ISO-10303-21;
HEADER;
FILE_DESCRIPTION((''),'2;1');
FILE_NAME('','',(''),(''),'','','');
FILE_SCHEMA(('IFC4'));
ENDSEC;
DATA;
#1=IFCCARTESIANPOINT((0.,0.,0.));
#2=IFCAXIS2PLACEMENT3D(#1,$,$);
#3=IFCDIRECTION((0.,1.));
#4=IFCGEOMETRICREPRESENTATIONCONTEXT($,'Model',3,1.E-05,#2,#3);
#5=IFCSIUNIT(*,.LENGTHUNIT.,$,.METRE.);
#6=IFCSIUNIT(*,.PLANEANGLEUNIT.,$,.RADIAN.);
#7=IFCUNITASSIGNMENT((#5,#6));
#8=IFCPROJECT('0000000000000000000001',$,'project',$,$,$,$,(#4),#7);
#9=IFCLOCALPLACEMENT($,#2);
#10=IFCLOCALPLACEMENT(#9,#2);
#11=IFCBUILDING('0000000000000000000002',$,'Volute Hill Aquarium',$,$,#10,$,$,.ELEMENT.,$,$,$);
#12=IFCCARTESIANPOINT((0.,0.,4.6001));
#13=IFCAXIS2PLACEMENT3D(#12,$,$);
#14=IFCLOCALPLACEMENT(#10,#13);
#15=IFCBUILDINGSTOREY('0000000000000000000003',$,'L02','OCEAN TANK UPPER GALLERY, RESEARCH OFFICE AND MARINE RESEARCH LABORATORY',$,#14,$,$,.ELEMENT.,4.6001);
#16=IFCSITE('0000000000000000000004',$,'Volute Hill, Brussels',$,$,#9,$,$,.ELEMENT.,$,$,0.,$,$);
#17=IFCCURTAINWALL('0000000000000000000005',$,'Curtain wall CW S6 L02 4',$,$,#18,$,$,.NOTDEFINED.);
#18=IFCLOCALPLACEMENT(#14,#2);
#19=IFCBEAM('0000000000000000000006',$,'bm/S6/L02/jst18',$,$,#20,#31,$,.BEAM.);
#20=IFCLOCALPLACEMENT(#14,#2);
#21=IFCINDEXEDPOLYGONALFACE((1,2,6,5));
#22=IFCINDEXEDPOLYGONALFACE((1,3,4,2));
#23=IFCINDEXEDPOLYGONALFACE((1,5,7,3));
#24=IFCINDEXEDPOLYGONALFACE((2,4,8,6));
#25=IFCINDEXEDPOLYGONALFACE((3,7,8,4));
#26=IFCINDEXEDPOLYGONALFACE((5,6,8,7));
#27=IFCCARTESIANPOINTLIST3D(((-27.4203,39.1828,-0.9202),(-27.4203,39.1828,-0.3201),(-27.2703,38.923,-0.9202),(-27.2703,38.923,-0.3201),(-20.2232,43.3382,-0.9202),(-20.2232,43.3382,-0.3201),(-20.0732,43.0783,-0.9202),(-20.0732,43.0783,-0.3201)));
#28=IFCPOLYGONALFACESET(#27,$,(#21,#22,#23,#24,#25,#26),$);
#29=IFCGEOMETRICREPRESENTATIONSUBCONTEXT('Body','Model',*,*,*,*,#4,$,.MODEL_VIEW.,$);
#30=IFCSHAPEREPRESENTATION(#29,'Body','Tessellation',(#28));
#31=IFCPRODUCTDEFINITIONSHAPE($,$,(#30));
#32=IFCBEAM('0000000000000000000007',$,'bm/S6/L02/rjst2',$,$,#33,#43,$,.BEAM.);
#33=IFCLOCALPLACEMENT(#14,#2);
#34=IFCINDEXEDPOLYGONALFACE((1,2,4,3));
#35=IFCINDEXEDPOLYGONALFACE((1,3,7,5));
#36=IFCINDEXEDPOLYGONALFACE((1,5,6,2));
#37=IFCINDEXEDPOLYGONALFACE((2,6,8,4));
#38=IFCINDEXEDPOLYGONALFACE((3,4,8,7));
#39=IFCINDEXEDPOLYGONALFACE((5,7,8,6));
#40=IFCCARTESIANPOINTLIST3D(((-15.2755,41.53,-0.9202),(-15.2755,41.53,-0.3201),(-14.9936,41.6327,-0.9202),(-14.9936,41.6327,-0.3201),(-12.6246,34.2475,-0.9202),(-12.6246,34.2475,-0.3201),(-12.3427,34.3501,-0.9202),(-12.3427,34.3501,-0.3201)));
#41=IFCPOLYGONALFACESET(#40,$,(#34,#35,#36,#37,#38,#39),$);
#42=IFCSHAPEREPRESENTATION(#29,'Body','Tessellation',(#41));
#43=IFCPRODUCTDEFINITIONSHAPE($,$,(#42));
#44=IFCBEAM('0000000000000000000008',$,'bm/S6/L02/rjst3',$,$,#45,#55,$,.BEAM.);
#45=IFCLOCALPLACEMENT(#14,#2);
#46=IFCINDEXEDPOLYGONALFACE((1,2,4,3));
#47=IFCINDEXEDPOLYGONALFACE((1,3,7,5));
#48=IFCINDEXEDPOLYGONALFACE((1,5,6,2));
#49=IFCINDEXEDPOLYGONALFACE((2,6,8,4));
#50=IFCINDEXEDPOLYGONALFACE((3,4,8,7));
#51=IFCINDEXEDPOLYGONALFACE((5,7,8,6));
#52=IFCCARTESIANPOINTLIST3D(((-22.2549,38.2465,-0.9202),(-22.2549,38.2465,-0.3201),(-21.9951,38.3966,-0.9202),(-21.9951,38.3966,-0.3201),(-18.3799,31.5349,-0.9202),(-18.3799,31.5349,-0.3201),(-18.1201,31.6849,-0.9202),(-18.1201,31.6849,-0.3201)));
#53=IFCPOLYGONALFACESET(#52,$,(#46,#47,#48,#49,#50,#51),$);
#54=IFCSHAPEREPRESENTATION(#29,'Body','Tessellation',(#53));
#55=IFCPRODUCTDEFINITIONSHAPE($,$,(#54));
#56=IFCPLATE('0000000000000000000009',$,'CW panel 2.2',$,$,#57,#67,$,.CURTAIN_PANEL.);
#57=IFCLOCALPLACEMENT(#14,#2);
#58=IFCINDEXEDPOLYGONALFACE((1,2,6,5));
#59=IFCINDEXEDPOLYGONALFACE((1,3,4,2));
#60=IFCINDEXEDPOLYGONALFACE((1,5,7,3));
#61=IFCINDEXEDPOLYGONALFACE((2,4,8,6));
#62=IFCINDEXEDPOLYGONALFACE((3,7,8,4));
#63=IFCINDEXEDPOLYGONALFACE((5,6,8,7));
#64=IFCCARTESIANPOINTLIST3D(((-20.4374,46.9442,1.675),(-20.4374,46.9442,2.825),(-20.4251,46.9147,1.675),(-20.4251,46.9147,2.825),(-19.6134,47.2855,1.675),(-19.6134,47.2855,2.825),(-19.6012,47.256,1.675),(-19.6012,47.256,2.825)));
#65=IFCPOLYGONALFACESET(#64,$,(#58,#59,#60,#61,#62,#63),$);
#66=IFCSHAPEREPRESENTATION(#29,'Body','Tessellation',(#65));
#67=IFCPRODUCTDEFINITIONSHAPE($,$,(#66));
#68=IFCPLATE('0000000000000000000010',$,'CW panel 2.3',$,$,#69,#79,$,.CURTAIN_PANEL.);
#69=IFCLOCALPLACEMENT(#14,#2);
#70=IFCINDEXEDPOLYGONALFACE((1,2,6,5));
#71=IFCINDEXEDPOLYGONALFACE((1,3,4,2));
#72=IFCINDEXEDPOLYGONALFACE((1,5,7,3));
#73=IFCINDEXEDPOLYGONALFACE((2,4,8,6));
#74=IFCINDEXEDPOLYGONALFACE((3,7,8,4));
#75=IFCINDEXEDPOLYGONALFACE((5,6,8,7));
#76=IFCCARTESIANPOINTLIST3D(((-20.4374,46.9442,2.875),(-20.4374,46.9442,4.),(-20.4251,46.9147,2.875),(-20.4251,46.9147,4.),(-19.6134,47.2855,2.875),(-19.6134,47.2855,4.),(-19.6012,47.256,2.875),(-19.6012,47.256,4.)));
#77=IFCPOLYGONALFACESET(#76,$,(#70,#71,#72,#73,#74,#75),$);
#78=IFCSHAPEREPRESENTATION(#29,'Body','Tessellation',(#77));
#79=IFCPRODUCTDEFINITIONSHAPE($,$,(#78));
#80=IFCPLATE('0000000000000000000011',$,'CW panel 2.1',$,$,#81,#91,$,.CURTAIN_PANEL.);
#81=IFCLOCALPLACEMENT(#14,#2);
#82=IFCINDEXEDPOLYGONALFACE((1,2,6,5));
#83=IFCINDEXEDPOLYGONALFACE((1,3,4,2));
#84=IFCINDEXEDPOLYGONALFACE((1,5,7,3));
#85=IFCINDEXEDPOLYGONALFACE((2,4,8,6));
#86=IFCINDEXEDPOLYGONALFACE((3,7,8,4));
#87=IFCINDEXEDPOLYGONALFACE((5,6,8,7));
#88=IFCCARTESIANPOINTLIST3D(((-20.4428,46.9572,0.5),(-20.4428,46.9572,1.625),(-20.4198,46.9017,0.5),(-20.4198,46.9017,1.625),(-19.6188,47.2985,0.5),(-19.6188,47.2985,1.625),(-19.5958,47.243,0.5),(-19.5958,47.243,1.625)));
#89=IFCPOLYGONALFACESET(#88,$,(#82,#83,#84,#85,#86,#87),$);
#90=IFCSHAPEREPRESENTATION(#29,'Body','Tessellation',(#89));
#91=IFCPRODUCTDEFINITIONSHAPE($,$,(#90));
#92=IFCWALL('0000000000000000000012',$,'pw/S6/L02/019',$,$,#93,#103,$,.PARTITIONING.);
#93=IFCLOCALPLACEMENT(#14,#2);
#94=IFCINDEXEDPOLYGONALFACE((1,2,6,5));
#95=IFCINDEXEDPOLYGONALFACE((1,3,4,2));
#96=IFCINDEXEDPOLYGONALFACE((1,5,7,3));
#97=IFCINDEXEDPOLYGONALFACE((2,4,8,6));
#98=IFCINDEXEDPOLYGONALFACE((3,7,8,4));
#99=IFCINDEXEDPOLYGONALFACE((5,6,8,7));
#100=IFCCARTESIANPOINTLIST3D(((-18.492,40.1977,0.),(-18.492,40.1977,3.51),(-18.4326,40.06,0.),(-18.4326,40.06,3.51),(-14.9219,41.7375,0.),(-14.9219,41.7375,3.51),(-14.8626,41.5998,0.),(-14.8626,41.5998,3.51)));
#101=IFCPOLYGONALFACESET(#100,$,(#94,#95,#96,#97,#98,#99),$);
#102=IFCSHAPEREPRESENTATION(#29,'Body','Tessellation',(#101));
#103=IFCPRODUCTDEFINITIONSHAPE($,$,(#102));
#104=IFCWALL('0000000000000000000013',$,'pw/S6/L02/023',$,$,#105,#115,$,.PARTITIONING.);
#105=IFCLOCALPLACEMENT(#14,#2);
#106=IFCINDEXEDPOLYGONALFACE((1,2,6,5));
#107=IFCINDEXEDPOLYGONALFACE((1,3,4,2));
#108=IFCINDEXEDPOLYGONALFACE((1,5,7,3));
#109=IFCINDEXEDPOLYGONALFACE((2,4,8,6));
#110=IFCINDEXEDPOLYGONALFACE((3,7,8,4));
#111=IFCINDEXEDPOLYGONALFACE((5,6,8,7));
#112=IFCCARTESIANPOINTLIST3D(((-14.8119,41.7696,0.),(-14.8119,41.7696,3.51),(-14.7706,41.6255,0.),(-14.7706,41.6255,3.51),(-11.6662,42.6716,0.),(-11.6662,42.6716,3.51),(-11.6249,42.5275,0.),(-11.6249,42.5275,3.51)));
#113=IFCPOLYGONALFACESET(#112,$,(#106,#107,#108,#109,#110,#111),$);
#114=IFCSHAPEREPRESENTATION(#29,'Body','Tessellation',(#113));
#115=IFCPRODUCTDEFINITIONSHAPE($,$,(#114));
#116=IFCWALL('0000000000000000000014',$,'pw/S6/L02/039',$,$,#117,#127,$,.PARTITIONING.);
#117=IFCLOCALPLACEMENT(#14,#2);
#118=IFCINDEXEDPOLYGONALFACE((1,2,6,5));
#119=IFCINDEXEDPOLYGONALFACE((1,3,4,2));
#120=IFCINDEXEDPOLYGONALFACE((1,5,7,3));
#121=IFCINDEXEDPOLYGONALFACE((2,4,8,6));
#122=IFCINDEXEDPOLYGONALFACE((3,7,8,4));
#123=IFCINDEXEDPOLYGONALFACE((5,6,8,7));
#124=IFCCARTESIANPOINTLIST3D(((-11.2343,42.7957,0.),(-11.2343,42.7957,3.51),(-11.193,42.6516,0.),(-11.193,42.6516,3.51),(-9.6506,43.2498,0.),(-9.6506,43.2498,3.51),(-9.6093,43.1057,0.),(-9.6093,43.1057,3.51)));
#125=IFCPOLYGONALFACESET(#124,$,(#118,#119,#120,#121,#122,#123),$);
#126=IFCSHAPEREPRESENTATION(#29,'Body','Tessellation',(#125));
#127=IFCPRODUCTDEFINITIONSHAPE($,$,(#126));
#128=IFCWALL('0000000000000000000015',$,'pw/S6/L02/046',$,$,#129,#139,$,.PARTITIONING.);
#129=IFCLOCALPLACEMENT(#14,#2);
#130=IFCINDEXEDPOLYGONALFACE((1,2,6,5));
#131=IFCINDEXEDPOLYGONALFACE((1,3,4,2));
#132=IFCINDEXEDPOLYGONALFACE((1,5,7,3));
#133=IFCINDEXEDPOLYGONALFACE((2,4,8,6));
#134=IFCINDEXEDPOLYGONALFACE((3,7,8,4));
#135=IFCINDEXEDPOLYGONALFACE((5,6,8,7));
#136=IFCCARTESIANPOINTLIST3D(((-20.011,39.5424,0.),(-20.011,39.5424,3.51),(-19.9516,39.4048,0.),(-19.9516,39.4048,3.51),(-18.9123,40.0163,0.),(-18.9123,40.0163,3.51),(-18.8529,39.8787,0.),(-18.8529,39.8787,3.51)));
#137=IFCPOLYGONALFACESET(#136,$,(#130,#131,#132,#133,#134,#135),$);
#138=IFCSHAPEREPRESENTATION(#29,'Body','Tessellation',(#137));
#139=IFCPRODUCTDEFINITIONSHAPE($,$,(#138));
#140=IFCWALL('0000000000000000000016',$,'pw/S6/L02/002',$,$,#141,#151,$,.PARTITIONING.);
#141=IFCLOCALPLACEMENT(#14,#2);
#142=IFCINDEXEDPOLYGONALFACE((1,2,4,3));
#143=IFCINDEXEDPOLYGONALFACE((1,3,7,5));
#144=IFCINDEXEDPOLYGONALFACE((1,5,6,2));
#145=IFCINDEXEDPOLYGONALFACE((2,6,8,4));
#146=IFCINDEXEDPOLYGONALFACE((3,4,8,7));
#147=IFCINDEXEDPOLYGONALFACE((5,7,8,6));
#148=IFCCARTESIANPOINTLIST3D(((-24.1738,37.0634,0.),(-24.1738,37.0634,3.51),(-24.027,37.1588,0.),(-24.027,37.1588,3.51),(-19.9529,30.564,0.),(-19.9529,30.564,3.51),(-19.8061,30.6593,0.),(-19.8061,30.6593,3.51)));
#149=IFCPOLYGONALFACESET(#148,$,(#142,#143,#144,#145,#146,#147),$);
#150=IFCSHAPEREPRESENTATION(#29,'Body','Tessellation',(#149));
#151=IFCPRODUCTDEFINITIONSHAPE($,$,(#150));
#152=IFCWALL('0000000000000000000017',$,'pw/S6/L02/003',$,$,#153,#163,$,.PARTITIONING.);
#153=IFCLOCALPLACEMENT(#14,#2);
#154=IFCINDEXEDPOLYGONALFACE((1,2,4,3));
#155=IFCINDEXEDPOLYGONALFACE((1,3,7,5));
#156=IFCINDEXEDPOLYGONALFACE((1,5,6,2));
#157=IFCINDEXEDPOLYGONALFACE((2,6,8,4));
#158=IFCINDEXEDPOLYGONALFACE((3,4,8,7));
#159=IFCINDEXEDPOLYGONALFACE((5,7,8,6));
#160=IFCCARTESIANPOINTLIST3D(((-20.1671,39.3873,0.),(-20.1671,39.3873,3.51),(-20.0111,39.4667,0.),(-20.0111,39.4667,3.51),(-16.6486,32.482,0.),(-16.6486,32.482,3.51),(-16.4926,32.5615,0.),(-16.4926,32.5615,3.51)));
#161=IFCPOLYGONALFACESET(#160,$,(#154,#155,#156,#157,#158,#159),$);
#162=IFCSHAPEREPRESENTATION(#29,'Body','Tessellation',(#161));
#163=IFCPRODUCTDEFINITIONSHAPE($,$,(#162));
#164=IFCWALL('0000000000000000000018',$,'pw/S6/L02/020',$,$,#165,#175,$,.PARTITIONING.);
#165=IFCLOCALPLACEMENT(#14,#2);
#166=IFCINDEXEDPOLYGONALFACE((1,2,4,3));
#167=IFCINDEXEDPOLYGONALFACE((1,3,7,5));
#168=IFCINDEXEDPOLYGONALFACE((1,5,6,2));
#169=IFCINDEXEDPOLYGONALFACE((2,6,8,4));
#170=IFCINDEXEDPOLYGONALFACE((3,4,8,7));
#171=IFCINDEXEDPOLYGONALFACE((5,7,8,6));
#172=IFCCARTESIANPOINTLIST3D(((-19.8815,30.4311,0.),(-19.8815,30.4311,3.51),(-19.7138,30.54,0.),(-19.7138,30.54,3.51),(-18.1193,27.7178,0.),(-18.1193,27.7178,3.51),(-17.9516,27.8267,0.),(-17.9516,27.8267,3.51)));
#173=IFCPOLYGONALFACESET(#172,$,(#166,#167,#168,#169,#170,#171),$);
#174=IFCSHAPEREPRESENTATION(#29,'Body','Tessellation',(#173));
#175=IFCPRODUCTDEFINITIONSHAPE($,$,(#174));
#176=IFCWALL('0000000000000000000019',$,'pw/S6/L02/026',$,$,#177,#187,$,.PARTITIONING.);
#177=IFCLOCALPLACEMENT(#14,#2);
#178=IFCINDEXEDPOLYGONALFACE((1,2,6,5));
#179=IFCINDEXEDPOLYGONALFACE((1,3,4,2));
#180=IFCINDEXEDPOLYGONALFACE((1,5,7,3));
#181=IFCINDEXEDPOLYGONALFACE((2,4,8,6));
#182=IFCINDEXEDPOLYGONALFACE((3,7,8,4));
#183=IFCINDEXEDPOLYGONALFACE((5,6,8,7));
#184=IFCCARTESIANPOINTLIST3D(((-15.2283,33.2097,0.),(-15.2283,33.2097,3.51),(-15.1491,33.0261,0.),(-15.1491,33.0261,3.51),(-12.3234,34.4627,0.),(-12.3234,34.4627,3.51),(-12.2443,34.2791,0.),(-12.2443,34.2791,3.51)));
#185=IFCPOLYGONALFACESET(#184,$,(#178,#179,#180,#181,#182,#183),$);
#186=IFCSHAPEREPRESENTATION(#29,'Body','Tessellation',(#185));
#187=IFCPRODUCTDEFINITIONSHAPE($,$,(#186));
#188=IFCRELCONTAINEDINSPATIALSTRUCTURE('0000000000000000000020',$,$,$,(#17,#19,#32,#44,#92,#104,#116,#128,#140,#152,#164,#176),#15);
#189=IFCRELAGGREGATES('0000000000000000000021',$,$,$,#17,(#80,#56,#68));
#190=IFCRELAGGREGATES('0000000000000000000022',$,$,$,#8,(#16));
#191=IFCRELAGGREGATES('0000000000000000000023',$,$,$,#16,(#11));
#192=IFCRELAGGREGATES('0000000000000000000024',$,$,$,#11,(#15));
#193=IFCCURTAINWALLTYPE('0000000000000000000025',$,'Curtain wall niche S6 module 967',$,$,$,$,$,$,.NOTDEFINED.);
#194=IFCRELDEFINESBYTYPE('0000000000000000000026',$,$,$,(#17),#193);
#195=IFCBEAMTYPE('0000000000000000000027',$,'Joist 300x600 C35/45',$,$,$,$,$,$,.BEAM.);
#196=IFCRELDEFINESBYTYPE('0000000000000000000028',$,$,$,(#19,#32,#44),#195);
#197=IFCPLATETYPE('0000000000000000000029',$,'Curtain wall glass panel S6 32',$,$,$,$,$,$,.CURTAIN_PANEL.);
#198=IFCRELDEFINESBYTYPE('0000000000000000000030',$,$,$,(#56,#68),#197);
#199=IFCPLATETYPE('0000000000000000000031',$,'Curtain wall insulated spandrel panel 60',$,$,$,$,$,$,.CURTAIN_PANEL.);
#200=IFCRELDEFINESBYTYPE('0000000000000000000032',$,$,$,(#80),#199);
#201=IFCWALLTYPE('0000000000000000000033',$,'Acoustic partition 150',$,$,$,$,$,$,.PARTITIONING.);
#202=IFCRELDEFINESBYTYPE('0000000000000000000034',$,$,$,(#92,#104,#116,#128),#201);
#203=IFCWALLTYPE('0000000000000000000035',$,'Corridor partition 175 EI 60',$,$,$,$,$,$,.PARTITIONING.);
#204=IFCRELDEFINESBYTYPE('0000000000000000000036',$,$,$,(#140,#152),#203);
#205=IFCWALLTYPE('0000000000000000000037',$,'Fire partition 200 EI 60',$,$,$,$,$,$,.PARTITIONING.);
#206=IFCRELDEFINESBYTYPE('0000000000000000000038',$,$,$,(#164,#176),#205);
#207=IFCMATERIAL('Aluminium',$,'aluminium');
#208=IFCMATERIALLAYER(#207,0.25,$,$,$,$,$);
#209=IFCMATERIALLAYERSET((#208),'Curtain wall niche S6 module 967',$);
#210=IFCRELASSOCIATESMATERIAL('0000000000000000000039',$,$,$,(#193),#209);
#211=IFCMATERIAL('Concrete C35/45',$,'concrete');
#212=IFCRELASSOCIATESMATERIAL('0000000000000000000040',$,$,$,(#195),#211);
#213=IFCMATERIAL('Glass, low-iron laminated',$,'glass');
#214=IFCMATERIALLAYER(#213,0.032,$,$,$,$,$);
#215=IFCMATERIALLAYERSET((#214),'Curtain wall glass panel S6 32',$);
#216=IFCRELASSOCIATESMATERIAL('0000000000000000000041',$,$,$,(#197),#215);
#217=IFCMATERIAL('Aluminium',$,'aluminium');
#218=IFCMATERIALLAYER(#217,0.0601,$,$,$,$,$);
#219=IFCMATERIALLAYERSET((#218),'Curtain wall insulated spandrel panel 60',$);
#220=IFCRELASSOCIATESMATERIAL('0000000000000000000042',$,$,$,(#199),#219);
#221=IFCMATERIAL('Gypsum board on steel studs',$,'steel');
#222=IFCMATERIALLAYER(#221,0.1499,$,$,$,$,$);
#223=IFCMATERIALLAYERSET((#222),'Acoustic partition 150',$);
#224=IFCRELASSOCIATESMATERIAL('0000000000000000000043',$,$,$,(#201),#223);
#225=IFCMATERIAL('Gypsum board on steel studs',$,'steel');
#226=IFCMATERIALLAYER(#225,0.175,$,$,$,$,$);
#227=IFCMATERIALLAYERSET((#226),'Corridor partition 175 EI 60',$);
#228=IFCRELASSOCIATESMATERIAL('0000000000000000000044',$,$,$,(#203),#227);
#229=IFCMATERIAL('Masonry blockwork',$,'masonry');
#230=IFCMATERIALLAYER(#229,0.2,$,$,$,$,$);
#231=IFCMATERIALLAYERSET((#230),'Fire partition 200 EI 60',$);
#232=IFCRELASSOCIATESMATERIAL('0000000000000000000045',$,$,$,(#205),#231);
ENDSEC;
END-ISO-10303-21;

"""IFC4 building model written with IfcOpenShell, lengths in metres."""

from ifc_helpers import new_model, si_unit, direction, frame, frame_2d, origin, origin_2d, place, context, subcontext, project, spatial, rectangle, extrude, material, layer, layer_set, material_profile, profile_set, type_object, element, aggregate, save


model = new_model("IFC4")

# Units and contexts
model_context = context("Model", 3, precision=1e-05, world=origin(), true_north=direction((0.0, 1.0)))
body_context = subcontext(model_context, "Body", "Model", "MODEL_VIEW")
ifc_project = project(units=[si_unit("LENGTHUNIT", "METRE"), si_unit("PLANEANGLEUNIT", "RADIAN")], contexts=[model_context])

# Site, building, storey
site_placement = place(None, origin())
site = spatial("IfcSite", under=ifc_project, at=site_placement, Name="Volute Hill, Brussels", CompositionType="ELEMENT", RefElevation=0.0)
building_placement = place(site_placement, origin())
building = spatial("IfcBuilding", under=site, at=building_placement, Name="Volute Hill Aquarium", CompositionType="ELEMENT")
storey_placement = place(building_placement, frame((0.0, 0.0, 4.6001)))
storey = spatial("IfcBuildingStorey", under=building, at=storey_placement, Name="L02", Description="OCEAN TANK UPPER GALLERY, RESEARCH OFFICE AND MARINE RESEARCH LABORATORY", CompositionType="ELEMENT", Elevation=4.6001)

# Curtain wall
ifc_material_1 = material(Name="Aluminium", Category="aluminium")
ifc_layer_1 = layer(ifc_material_1, 0.25)
ifc_layer_set_1 = layer_set([ifc_layer_1], Name="Curtain wall niche S6 module 967")
curtain_wall_type = type_object("IfcCurtainWallType", Name="Curtain wall niche S6 module 967", PredefinedType="NOTDEFINED", material=ifc_layer_set_1)
curtain_wall_placement = place(storey_placement, origin())
curtain_wall = element("IfcCurtainWall", 1, at=curtain_wall_placement, inside=storey, type_object=curtain_wall_type, Name="Curtain wall CW S6 L02 4", PredefinedType="NOTDEFINED")

# Beams
ifc_material_2 = material(Name="Concrete C35/45", Category="concrete")
ifc_material_profile_1 = material_profile(ifc_material_2, rectangle(XDim=0.3, YDim=0.6001, at=origin_2d()), Name="RC joist 300x600")
ifc_profile_set_1 = profile_set([ifc_material_profile_1], Name="Concrete C35/45")
beam_type_1 = type_object("IfcBeamType", Name="Joist 300x600 C35/45", PredefinedType="BEAM", material=ifc_profile_set_1)
beam_1_placement = place(storey_placement, frame((-20.1482, 43.2083, -0.6201), z_axis=(-0.866022, -0.500006, 0.0), x_axis=(0.500006, -0.866022, 0.0)))
element("IfcBeam", 2, at=beam_1_placement, inside=storey, type_object=beam_type_1, Name="bm/S6/L02/jst18", PredefinedType="BEAM", context=body_context, shape_type="SweptSolid", body=[
    extrude(rectangle(XDim=0.3, YDim=0.6001, at=origin_2d()), origin(), (0.0, 0.0, 1.0), 8.3105),
])
for number, where, z_axis, x_axis, name in (
    (3, (-12.4836, 34.2988, -0.6201), (-0.342052, 0.939681, 0.0), (-0.939681, -0.342052, 0.0), "bm/S6/L02/rjst2"),
    (4, (-18.25, 31.6099, -0.6201), (-0.500002, 0.866025, 0.0), (-0.866025, -0.500002, 0.0), "bm/S6/L02/rjst3"),
):
    element("IfcBeam", number, at=place(storey_placement, frame(where, z_axis=z_axis, x_axis=x_axis)), inside=storey, type_object=beam_type_1, Name=name, PredefinedType="BEAM", context=body_context, shape_type="SweptSolid", body=[
        extrude(rectangle(XDim=0.3, YDim=0.6001, at=origin_2d()), origin(), (0.0, 0.0, 1.0), 7.75),
    ])

# Plates
ifc_material_3 = material(Name="Glass, low-iron laminated", Category="glass")
ifc_layer_2 = layer(ifc_material_3, 0.032)
ifc_layer_set_2 = layer_set([ifc_layer_2], Name="Curtain wall glass panel S6 32")
plate_type_1 = type_object("IfcPlateType", Name="Curtain wall glass panel S6 32", PredefinedType="CURTAIN_PANEL", material=ifc_layer_set_2)
plate_1_placement = place(storey_placement, frame((-20.0193, 47.1001, 1.675), z_axis=(0.0, 0.0, 1.0), x_axis=(-0.923881, -0.38268, 0.0)))
plate_1 = element("IfcPlate", 5, at=plate_1_placement, type_object=plate_type_1, Name="CW panel 2.2", PredefinedType="CURTAIN_PANEL", context=body_context, shape_type="SweptSolid", body=[
    extrude(rectangle(XDim=0.8918, YDim=0.032, at=origin_2d()), origin(), (0.0, 0.0, 1.0), 1.1499),
])
plate_2_placement = place(storey_placement, frame((-20.0193, 47.1001, 2.875), z_axis=(0.0, 0.0, 1.0), x_axis=(-0.923881, -0.38268, 0.0)))
plate_2 = element("IfcPlate", 6, at=plate_2_placement, type_object=plate_type_1, Name="CW panel 2.3", PredefinedType="CURTAIN_PANEL", context=body_context, shape_type="SweptSolid", body=[
    extrude(rectangle(XDim=0.8918, YDim=0.032, at=origin_2d()), origin(), (0.0, 0.0, 1.0), 1.125),
])
ifc_material_4 = material(Name="Aluminium", Category="aluminium")
ifc_layer_3 = layer(ifc_material_4, 0.0601)
ifc_layer_set_3 = layer_set([ifc_layer_3], Name="Curtain wall insulated spandrel panel 60")
plate_type_2 = type_object("IfcPlateType", Name="Curtain wall insulated spandrel panel 60", PredefinedType="CURTAIN_PANEL", material=ifc_layer_set_3)
plate_3_placement = place(storey_placement, frame((-20.0193, 47.1001, 0.5), z_axis=(0.0, 0.0, 1.0), x_axis=(-0.923881, -0.38268, 0.0)))
plate_3 = element("IfcPlate", 7, at=plate_3_placement, type_object=plate_type_2, Name="CW panel 2.1", PredefinedType="CURTAIN_PANEL", context=body_context, shape_type="SweptSolid", body=[
    extrude(rectangle(XDim=0.8918, YDim=0.0601, at=origin_2d()), origin(), (0.0, 0.0, 1.0), 1.125),
])
aggregate(curtain_wall, [plate_3, plate_1, plate_2])

# Walls
ifc_material_5 = material(Name="Gypsum board on steel studs", Category="steel")
ifc_layer_4 = layer(ifc_material_5, 0.1499)
ifc_layer_set_4 = layer_set([ifc_layer_4], Name="Acoustic partition 150")
wall_type_1 = type_object("IfcWallType", Name="Acoustic partition 150", PredefinedType="PARTITIONING", material=ifc_layer_set_4)
wall_1_placement = place(storey_placement, frame((-18.4622, 40.1289, 0.0), z_axis=(0.0, 0.0, 1.0), x_axis=(0.918233, 0.39604, 0.0)))
element("IfcWall", 8, at=wall_1_placement, inside=storey, type_object=wall_type_1, Name="pw/S6/L02/019", PredefinedType="PARTITIONING", context=body_context, shape_type="SweptSolid", body=[
    extrude(rectangle(XDim=3.8879, YDim=0.1499, at=frame_2d((1.9438, 0.0))), origin(), (0.0, 0.0, 1.0), 3.51),
])
wall_2_placement = place(storey_placement, frame((-14.7913, 41.6975, 0.0), z_axis=(0.0, 0.0, 1.0), x_axis=(0.961256, 0.275657, 0.0)))
element("IfcWall", 9, at=wall_2_placement, inside=storey, type_object=wall_type_1, Name="pw/S6/L02/023", PredefinedType="PARTITIONING", context=body_context, shape_type="SweptSolid", body=[
    extrude(rectangle(XDim=3.2725, YDim=0.1499, at=frame_2d((1.6362, 0.0))), origin(), (0.0, 0.0, 1.0), 3.51),
])
wall_3_placement = place(storey_placement, frame((-11.2136, 42.7236, 0.0), z_axis=(0.0, 0.0, 1.0), x_axis=(0.961266, 0.275621, 0.0)))
element("IfcWall", 10, at=wall_3_placement, inside=storey, type_object=wall_type_1, Name="pw/S6/L02/039", PredefinedType="PARTITIONING", context=body_context, shape_type="SweptSolid", body=[
    extrude(rectangle(XDim=1.6475, YDim=0.1499, at=frame_2d((0.8237, 0.0))), origin(), (0.0, 0.0, 1.0), 3.51),
])
wall_4_placement = place(storey_placement, frame((-19.9812, 39.4736, 0.0), z_axis=(0.0, 0.0, 1.0), x_axis=(0.918224, 0.396061, 0.0)))
element("IfcWall", 11, at=wall_4_placement, inside=storey, type_object=wall_type_1, Name="pw/S6/L02/046", PredefinedType="PARTITIONING", context=body_context, shape_type="SweptSolid", body=[
    extrude(rectangle(XDim=1.1965, YDim=0.1499, at=frame_2d((0.5981, 0.0))), origin(), (0.0, 0.0, 1.0), 3.51),
])
ifc_material_6 = material(Name="Gypsum board on steel studs", Category="steel")
ifc_layer_5 = layer(ifc_material_6, 0.175)
ifc_layer_set_5 = layer_set([ifc_layer_5], Name="Corridor partition 175 EI 60")
wall_type_2 = type_object("IfcWallType", Name="Corridor partition 175 EI 60", PredefinedType="PARTITIONING", material=ifc_layer_set_5)
wall_5_placement = place(storey_placement, frame((-19.8794, 30.6116, 0.0), z_axis=(0.0, 0.0, 1.0), x_axis=(-0.544649, 0.838664, 0.0)))
element("IfcWall", 12, at=wall_5_placement, inside=storey, type_object=wall_type_2, Name="pw/S6/L02/002", PredefinedType="PARTITIONING", context=body_context, shape_type="SweptSolid", body=[
    extrude(rectangle(XDim=7.7498, YDim=0.175, at=frame_2d((3.875, 0.0))), origin(), (0.0, 0.0, 1.0), 3.51),
])
wall_6_placement = place(storey_placement, frame((-20.0891, 39.427, 0.0), z_axis=(0.0, 0.0, 1.0), x_axis=(0.454005, -0.890999, 0.0)))
element("IfcWall", 13, at=wall_6_placement, inside=storey, type_object=wall_type_2, Name="pw/S6/L02/003", PredefinedType="PARTITIONING", context=body_context, shape_type="SweptSolid", body=[
    extrude(rectangle(XDim=7.75, YDim=0.175, at=frame_2d((3.875, 0.0))), origin(), (0.0, 0.0, 1.0), 3.51),
])
ifc_material_7 = material(Name="Masonry blockwork", Category="masonry")
ifc_layer_6 = layer(ifc_material_7, 0.2)
ifc_layer_set_6 = layer_set([ifc_layer_6], Name="Fire partition 200 EI 60")
wall_type_3 = type_object("IfcWallType", Name="Fire partition 200 EI 60", PredefinedType="PARTITIONING", material=ifc_layer_set_6)
wall_7_placement = place(storey_placement, frame((-19.7976, 30.4856, 0.0), z_axis=(0.0, 0.0, 1.0), x_axis=(0.544665, -0.838654, 0.0)))
element("IfcWall", 14, at=wall_7_placement, inside=storey, type_object=wall_type_3, Name="pw/S6/L02/020", PredefinedType="PARTITIONING", context=body_context, shape_type="SweptSolid", body=[
    extrude(rectangle(XDim=3.2354, YDim=0.2, at=frame_2d((1.6177, 0.0))), origin(), (0.0, 0.0, 1.0), 3.51),
])
wall_8_placement = place(storey_placement, frame((-15.1887, 33.1179, 0.0), z_axis=(0.0, 0.0, 1.0), x_axis=(0.918224, 0.39606, 0.0)))
element("IfcWall", 15, at=wall_8_placement, inside=storey, type_object=wall_type_3, Name="pw/S6/L02/026", PredefinedType="PARTITIONING", context=body_context, shape_type="SweptSolid", body=[
    extrude(rectangle(XDim=3.1636, YDim=0.2, at=frame_2d((1.5818, 0.0))), origin(), (0.0, 0.0, 1.0), 3.51),
])

save(model, "model.ifc")
